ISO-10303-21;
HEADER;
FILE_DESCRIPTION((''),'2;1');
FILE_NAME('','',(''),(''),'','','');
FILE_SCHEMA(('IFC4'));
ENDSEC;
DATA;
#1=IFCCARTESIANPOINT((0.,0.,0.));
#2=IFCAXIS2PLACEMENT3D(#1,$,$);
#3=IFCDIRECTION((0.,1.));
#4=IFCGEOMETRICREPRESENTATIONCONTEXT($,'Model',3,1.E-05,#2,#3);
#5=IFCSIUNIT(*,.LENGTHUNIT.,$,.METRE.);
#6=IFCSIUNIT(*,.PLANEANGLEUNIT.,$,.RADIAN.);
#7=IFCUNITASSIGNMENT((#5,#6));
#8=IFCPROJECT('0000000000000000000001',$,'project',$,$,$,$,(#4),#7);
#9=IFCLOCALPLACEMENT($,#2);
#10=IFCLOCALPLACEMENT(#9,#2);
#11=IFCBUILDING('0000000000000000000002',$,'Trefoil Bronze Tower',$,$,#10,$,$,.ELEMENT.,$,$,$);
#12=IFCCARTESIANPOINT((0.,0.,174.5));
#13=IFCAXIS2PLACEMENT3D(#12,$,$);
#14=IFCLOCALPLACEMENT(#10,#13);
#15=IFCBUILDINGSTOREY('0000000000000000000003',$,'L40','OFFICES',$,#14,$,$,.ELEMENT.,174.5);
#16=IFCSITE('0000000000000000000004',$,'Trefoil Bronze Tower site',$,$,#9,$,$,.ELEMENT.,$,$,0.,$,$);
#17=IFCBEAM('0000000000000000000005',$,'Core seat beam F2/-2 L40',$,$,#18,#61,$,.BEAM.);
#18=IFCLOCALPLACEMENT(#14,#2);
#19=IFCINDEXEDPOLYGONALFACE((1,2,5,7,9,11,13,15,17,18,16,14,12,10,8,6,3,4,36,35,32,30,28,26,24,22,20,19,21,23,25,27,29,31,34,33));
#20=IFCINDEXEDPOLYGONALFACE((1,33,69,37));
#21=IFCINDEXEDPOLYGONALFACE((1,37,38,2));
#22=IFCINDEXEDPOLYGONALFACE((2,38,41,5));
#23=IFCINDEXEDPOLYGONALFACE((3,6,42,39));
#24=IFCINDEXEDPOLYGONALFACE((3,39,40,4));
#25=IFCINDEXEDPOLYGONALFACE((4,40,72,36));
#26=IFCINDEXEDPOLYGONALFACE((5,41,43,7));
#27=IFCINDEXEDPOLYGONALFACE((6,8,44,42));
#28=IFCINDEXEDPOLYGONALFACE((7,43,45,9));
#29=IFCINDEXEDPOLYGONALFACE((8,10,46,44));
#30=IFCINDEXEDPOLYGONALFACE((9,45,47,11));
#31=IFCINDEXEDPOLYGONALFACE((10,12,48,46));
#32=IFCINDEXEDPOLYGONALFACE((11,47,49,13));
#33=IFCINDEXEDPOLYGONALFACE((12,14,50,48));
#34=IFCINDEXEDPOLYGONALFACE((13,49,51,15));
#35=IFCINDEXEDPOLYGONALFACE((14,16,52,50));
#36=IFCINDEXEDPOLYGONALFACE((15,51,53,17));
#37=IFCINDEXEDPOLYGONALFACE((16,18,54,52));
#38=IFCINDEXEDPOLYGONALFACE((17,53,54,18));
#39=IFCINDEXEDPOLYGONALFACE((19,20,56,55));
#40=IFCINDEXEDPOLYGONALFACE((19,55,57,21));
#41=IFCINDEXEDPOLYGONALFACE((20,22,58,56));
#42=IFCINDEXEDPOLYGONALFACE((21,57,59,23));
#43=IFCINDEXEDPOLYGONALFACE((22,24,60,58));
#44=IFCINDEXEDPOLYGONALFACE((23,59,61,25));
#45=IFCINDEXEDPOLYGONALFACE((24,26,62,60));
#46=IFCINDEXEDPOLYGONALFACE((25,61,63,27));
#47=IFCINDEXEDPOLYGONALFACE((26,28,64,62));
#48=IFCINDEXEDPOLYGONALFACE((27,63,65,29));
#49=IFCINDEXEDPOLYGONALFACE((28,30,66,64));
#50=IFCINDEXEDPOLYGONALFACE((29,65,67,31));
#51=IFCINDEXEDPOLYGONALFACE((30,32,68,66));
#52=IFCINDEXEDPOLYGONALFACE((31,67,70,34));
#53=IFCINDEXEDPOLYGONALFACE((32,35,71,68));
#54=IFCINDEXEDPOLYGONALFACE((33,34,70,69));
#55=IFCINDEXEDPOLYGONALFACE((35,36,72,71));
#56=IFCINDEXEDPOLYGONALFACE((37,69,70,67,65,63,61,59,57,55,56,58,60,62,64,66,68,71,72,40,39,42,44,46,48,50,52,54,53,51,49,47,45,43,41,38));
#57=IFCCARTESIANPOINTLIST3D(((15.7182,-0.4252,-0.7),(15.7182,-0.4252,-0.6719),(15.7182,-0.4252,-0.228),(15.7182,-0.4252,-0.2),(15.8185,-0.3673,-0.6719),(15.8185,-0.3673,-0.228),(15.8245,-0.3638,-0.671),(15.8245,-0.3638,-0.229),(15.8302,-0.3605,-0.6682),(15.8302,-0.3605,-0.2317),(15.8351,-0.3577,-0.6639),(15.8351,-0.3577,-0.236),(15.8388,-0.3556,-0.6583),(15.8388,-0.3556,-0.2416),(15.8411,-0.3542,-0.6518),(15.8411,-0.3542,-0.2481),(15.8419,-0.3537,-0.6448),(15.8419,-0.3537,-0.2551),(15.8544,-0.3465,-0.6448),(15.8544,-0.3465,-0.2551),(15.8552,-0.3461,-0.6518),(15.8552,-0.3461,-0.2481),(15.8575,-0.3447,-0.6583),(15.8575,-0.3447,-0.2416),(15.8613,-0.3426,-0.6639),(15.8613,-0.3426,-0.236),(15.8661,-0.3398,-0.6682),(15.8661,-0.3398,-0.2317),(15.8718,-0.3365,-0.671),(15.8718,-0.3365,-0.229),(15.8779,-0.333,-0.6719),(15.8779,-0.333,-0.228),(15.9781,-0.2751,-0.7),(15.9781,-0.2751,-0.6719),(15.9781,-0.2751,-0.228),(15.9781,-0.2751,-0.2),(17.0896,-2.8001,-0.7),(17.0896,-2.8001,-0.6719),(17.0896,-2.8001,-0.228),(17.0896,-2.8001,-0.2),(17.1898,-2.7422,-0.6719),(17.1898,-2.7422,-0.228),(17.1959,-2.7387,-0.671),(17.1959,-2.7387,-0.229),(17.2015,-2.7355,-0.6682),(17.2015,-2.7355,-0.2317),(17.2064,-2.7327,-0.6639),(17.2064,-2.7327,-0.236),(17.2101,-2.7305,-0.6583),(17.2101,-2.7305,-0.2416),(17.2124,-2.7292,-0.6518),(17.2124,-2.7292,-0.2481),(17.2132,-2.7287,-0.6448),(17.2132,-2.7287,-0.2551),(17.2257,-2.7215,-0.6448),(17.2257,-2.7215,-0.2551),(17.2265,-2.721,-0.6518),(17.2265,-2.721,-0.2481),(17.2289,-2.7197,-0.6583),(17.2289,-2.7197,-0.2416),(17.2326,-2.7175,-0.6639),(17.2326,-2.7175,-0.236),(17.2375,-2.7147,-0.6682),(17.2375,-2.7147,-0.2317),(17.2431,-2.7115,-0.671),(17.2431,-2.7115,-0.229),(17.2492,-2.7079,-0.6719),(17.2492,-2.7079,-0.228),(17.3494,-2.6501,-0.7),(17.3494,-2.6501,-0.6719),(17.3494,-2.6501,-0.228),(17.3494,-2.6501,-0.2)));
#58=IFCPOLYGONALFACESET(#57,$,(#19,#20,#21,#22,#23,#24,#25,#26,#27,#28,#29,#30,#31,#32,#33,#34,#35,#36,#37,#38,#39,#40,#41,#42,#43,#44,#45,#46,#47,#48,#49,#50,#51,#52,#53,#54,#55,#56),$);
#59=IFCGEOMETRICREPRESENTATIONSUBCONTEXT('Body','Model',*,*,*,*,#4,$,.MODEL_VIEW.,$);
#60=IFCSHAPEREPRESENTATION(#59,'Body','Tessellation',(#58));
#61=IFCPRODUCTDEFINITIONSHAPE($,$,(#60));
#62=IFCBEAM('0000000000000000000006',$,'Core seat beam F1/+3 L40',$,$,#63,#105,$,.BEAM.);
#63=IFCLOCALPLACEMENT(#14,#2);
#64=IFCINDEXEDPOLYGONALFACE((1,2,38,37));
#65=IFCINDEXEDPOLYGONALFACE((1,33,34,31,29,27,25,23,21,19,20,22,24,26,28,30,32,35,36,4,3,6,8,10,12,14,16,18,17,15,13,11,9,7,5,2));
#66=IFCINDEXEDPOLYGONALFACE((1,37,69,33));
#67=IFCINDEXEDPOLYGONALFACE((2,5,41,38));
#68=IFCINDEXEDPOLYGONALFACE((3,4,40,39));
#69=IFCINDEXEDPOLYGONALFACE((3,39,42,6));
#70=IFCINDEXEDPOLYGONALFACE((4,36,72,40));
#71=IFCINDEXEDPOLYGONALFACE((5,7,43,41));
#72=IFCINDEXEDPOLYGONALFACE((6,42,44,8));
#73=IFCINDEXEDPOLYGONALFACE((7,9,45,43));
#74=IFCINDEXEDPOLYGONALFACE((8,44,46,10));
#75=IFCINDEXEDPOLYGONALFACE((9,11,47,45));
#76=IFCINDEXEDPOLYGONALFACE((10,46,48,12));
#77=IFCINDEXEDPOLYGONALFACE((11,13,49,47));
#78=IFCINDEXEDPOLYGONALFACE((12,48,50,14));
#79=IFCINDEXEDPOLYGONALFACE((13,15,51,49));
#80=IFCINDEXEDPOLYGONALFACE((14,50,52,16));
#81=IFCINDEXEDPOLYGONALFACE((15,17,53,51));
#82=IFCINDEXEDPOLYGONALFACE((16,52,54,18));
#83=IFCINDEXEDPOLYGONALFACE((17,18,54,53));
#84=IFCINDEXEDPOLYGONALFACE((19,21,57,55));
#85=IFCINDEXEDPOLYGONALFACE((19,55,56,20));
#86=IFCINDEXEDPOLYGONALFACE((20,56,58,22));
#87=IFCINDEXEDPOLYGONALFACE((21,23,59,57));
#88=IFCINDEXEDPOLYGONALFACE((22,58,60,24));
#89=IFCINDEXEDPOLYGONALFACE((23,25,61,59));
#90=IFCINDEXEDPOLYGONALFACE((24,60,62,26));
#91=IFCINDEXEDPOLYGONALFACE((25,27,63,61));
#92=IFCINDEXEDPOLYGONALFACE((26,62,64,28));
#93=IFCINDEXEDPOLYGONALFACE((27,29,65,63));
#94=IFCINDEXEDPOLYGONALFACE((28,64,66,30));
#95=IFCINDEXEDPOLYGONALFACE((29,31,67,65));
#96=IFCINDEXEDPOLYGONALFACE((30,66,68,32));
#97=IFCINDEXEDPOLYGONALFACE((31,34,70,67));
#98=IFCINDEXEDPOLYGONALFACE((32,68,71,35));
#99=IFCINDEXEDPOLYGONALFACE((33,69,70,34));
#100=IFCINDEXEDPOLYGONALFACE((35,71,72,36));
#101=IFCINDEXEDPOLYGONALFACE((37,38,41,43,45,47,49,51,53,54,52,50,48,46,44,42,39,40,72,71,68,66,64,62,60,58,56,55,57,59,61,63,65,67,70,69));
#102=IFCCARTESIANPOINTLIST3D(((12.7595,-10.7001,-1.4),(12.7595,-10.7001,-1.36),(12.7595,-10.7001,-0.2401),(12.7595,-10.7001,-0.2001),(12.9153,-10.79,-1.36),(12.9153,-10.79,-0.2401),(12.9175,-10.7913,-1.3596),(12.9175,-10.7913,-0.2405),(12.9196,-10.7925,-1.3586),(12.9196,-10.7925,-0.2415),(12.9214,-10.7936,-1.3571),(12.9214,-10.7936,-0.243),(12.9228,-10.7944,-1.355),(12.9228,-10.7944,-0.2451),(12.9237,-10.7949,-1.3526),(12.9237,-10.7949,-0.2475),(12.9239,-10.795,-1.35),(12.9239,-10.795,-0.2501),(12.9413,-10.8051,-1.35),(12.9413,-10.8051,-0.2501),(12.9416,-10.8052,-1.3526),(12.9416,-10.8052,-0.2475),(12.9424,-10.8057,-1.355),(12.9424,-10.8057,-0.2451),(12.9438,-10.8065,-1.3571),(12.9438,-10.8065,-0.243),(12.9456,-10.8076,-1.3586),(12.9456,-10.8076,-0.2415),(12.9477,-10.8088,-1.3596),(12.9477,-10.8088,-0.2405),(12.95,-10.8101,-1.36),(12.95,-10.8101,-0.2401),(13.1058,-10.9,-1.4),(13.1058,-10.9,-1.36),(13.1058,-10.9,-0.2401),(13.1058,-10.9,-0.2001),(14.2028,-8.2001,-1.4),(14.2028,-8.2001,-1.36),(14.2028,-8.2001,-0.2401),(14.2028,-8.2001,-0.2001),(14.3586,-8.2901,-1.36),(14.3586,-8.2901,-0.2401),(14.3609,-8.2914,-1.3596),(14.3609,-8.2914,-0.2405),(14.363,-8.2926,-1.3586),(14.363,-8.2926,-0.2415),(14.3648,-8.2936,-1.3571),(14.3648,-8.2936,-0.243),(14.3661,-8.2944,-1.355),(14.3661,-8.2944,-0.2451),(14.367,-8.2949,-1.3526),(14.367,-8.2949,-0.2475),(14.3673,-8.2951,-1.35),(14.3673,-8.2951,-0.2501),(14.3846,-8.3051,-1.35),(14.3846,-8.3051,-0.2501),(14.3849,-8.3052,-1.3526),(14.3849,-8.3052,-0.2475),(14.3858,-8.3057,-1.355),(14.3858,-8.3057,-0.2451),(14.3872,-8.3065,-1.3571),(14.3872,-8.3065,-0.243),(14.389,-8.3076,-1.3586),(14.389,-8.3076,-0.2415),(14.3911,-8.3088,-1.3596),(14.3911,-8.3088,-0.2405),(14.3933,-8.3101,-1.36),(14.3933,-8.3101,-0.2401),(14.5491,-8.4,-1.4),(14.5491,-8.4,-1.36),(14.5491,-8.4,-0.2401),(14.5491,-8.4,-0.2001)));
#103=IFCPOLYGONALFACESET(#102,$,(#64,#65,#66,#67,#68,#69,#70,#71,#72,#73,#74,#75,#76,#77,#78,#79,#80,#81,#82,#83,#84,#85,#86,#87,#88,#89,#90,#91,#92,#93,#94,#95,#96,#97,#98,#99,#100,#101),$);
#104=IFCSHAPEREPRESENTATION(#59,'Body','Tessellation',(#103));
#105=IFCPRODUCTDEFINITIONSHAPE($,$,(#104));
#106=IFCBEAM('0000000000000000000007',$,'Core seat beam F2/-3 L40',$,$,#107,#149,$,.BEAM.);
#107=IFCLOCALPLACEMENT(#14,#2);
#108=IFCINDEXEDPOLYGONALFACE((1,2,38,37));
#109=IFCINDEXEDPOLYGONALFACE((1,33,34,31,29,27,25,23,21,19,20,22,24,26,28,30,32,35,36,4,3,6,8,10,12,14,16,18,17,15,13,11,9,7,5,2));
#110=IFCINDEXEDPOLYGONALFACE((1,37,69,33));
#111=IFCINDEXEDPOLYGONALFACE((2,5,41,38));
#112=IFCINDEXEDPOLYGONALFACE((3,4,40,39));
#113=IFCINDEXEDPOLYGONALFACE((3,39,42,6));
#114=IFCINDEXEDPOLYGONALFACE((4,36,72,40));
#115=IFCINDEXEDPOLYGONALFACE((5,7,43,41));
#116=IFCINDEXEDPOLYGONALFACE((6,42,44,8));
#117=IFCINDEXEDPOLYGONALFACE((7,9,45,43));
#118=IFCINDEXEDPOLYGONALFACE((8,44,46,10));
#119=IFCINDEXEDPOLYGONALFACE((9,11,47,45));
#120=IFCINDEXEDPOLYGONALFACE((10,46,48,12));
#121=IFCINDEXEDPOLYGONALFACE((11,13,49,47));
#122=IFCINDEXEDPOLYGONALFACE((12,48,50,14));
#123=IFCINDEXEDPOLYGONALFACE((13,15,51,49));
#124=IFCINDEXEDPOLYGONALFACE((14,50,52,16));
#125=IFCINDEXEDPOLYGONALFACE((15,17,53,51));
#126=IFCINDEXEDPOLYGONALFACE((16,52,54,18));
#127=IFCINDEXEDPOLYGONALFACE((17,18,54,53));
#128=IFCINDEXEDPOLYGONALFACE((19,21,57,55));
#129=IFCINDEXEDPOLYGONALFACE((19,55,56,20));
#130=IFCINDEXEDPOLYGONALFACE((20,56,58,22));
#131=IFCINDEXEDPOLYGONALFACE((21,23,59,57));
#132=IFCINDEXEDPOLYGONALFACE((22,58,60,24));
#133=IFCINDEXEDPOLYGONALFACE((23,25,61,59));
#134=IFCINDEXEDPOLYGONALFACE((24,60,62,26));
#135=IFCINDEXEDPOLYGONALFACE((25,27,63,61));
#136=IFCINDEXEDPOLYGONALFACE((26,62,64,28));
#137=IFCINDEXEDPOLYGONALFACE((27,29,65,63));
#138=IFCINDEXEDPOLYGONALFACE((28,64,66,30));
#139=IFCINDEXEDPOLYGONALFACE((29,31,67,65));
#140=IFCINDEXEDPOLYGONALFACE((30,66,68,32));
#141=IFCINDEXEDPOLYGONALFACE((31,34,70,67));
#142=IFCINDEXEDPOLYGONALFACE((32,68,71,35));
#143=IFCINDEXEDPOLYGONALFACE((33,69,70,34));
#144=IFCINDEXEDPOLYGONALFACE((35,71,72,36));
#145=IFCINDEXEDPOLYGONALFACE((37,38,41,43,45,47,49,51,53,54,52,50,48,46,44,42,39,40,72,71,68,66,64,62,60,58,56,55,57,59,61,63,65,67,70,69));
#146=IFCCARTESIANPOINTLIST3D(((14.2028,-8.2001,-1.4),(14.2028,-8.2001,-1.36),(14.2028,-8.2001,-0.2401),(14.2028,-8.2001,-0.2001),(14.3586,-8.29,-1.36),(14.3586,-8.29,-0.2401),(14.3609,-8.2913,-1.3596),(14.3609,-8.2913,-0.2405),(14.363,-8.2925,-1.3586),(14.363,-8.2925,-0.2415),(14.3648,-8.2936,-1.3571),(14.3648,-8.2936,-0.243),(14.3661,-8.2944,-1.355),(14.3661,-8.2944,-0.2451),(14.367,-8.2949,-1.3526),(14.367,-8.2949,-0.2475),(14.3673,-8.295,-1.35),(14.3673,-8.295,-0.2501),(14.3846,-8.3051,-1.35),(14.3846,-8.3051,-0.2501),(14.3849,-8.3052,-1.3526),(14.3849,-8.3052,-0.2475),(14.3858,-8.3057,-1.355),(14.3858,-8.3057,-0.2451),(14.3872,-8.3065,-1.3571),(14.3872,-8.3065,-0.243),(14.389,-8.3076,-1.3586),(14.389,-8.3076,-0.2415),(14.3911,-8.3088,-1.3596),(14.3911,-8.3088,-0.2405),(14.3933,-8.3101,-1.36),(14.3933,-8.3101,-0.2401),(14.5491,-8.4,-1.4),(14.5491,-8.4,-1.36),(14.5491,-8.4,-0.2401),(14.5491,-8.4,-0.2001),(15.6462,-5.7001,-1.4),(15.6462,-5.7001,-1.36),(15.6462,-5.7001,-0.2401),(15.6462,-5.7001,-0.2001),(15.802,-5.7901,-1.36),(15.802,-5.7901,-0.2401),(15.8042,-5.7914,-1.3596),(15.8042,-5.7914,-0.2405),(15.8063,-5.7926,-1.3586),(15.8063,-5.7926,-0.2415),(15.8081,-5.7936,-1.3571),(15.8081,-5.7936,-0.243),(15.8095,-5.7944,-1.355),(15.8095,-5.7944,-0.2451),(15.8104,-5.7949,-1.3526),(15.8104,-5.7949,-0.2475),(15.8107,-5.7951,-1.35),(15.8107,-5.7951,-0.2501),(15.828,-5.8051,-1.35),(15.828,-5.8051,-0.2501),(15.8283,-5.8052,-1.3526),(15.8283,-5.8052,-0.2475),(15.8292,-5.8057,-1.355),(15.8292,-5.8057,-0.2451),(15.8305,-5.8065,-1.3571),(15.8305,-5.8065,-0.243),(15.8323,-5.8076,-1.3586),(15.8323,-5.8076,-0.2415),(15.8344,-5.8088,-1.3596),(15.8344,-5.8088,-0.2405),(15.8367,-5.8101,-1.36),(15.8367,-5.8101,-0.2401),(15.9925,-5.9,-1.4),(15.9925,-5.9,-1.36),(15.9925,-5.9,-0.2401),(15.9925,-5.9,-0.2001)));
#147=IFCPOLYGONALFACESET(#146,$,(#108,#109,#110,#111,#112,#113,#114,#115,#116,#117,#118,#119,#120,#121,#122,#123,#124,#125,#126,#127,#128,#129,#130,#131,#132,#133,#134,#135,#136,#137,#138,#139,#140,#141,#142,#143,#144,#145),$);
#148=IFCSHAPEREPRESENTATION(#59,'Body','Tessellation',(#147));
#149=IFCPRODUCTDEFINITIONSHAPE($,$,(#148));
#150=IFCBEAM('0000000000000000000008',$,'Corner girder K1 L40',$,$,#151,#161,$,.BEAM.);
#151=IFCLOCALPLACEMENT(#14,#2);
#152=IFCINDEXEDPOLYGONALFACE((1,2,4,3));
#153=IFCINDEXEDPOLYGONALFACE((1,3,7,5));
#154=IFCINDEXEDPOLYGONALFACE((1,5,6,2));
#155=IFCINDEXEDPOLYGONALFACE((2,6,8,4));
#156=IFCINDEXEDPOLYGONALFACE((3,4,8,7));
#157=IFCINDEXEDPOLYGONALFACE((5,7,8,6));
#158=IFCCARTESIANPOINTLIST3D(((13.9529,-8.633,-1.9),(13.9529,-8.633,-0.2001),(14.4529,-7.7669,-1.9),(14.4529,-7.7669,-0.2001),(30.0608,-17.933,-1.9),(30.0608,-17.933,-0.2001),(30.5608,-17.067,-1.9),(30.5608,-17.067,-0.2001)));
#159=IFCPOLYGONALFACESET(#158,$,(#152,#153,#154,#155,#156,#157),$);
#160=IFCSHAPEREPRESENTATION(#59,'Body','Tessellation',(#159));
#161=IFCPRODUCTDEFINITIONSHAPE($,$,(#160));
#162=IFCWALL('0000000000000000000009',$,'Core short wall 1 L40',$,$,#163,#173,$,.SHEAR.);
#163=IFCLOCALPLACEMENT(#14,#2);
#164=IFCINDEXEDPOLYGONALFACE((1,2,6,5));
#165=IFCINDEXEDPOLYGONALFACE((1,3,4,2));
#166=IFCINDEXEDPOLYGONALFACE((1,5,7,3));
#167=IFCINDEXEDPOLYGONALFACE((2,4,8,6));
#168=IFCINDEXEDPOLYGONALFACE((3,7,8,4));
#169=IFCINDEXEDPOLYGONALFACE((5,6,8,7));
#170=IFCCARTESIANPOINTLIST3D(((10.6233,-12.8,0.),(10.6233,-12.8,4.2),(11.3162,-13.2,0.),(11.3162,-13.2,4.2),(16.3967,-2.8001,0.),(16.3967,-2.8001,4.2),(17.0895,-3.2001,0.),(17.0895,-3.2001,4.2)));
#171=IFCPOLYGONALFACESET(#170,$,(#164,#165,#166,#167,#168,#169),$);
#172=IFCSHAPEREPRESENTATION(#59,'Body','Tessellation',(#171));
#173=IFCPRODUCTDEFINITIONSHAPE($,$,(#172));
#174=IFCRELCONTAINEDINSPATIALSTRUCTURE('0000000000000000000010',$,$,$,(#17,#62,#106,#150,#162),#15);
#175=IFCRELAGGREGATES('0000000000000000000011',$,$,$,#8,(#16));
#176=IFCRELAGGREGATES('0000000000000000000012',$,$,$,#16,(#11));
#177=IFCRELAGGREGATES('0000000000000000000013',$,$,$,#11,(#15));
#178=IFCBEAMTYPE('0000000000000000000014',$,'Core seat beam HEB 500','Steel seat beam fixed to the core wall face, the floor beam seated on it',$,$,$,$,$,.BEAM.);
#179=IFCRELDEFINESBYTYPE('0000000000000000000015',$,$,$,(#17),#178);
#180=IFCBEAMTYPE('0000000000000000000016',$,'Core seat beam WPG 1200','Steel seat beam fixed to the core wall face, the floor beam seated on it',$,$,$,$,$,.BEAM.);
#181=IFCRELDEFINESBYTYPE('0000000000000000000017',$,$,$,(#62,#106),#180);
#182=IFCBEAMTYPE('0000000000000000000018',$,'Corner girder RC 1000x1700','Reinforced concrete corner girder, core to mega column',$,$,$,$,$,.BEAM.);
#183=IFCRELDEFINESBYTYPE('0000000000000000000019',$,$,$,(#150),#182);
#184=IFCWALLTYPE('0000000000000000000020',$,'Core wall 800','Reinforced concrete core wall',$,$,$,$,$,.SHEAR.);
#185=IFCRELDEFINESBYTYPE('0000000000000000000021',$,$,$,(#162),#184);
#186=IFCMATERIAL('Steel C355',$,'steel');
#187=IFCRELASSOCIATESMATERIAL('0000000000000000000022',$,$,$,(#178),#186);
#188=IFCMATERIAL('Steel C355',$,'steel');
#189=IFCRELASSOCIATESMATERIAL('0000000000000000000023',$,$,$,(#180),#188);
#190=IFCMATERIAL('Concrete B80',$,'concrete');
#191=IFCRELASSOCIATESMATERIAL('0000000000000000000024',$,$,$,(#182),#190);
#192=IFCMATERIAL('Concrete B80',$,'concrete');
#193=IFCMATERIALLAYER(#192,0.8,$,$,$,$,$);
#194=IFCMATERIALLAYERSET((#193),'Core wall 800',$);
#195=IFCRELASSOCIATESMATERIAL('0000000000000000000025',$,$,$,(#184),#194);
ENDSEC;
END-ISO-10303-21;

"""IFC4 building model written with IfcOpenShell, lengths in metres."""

from ifc_helpers import new_model, si_unit, direction, frame, frame_2d, origin, origin_2d, place, context, subcontext, project, spatial, rectangle, i_section, extrude, material, layer, layer_set, material_profile, profile_set, type_object, element, save


model = new_model("IFC4")

# Units and contexts
model_context = context("Model", 3, precision=1e-05, world=origin(), true_north=direction((0.0, 1.0)))
body_context = subcontext(model_context, "Body", "Model", "MODEL_VIEW")
ifc_project = project(units=[si_unit("LENGTHUNIT", "METRE"), si_unit("PLANEANGLEUNIT", "RADIAN")], contexts=[model_context])

# Site, building, storey
site_placement = place(None, origin())
site = spatial("IfcSite", under=ifc_project, at=site_placement, Name="Trefoil Bronze Tower site", CompositionType="ELEMENT", RefElevation=0.0)
building_placement = place(site_placement, origin())
building = spatial("IfcBuilding", under=site, at=building_placement, Name="Trefoil Bronze Tower", CompositionType="ELEMENT")
storey_placement = place(building_placement, frame((0.0, 0.0, 174.5)))
storey = spatial("IfcBuildingStorey", under=building, at=storey_placement, Name="L40", Description="OFFICES", CompositionType="ELEMENT", Elevation=174.5)

# Beams
ifc_material_1 = material(Name="Steel C355", Category="steel")
ifc_material_profile_1 = material_profile(ifc_material_1, i_section(OverallWidth=0.3, OverallDepth=0.5, WebThickness=0.0144, FlangeThickness=0.0281, FilletRadius=0.0271, at=origin_2d()), Name="HEB 500")
ifc_profile_set_1 = profile_set([ifc_material_profile_1], Name="Steel C355")
beam_type_1 = type_object("IfcBeamType", Name="Core seat beam HEB 500", Description="Steel seat beam fixed to the core wall face, the floor beam seated on it", PredefinedType="BEAM", material=ifc_profile_set_1)
beam_1_placement = place(storey_placement, frame((17.2195, -2.7251, -0.45), z_axis=(-0.500036, 0.866005, 0.0), x_axis=(-0.866005, -0.500036, 0.0)))
element("IfcBeam", 1, at=beam_1_placement, inside=storey, type_object=beam_type_1, Name="Core seat beam F2/-2 L40", PredefinedType="BEAM", context=body_context, shape_type="SweptSolid", body=[
    extrude(i_section(OverallWidth=0.3, OverallDepth=0.5, WebThickness=0.0144, FlangeThickness=0.0281, FilletRadius=0.0271, at=origin_2d()), origin(), (0.0, 0.0, 1.0), 2.7424),
])
ifc_material_2 = material(Name="Steel C355", Category="steel")
ifc_material_profile_2 = material_profile(ifc_material_2, i_section(OverallWidth=0.3999, OverallDepth=1.2, WebThickness=0.02, FlangeThickness=0.04, FilletRadius=0.01, at=origin_2d()), Name="WPG 1200")
ifc_profile_set_2 = profile_set([ifc_material_profile_2], Name="Steel C355")
beam_type_2 = type_object("IfcBeamType", Name="Core seat beam WPG 1200", Description="Steel seat beam fixed to the core wall face, the floor beam seated on it", PredefinedType="BEAM", material=ifc_profile_set_2)
for number, where, z_axis, x_axis, name in (
    (2, (12.9326, -10.8, -0.8), (0.499996, 0.866028, 0.0), (-0.866028, 0.499996, 0.0), "Core seat beam F1/+3 L40"),
    (3, (14.376, -8.3, -0.8), (0.499996, 0.866028, 0.0), (-0.866028, 0.499996, 0.0), "Core seat beam F2/-3 L40"),
):
    element("IfcBeam", number, at=place(storey_placement, frame(where, z_axis=z_axis, x_axis=x_axis)), inside=storey, type_object=beam_type_2, Name=name, PredefinedType="BEAM", context=body_context, shape_type="SweptSolid", body=[
        extrude(i_section(OverallWidth=0.3999, OverallDepth=1.2, WebThickness=0.02, FlangeThickness=0.04, FilletRadius=0.01, at=origin_2d()), origin(), (0.0, 0.0, 1.0), 2.8867),
    ])
ifc_material_3 = material(Name="Concrete B80", Category="concrete")
ifc_material_profile_3 = material_profile(ifc_material_3, rectangle(XDim=1.0, YDim=1.7, at=origin_2d()), Name="RC 1000x1700")
ifc_profile_set_3 = profile_set([ifc_material_profile_3], Name="Concrete B80")
beam_type_3 = type_object("IfcBeamType", Name="Corner girder RC 1000x1700", Description="Reinforced concrete corner girder, core to mega column", PredefinedType="BEAM", material=ifc_profile_set_3)
beam_2_placement = place(storey_placement, frame((14.2029, -8.2, -1.05), z_axis=(0.866022, -0.500006, 0.0), x_axis=(0.500006, 0.866022, 0.0)))
element("IfcBeam", 4, at=beam_2_placement, inside=storey, type_object=beam_type_3, Name="Corner girder K1 L40", PredefinedType="BEAM", context=body_context, shape_type="SweptSolid", body=[
    extrude(rectangle(XDim=1.0, YDim=1.7, at=origin_2d()), origin(), (0.0, 0.0, 1.0), 18.5999),
])

# Wall
ifc_material_4 = material(Name="Concrete B80", Category="concrete")
ifc_layer_1 = layer(ifc_material_4, 0.8)
ifc_layer_set_1 = layer_set([ifc_layer_1], Name="Core wall 800")
wall_type_1 = type_object("IfcWallType", Name="Core wall 800", Description="Reinforced concrete core wall", PredefinedType="SHEAR", material=ifc_layer_set_1)
wall_1_placement = place(storey_placement, frame((10.9697, -13.0, 0.0), z_axis=(0.0, 0.0, 1.0), x_axis=(0.499996, 0.866028, 0.0)))
element("IfcWall", 5, at=wall_1_placement, inside=storey, type_object=wall_type_1, Name="Core short wall 1 L40", PredefinedType="SHEAR", context=body_context, shape_type="SweptSolid", body=[
    extrude(rectangle(XDim=11.5469, YDim=0.8, at=frame_2d((5.7734, 0.0))), origin(), (0.0, 0.0, 1.0), 4.2),
])

save(model, "model.ifc")
